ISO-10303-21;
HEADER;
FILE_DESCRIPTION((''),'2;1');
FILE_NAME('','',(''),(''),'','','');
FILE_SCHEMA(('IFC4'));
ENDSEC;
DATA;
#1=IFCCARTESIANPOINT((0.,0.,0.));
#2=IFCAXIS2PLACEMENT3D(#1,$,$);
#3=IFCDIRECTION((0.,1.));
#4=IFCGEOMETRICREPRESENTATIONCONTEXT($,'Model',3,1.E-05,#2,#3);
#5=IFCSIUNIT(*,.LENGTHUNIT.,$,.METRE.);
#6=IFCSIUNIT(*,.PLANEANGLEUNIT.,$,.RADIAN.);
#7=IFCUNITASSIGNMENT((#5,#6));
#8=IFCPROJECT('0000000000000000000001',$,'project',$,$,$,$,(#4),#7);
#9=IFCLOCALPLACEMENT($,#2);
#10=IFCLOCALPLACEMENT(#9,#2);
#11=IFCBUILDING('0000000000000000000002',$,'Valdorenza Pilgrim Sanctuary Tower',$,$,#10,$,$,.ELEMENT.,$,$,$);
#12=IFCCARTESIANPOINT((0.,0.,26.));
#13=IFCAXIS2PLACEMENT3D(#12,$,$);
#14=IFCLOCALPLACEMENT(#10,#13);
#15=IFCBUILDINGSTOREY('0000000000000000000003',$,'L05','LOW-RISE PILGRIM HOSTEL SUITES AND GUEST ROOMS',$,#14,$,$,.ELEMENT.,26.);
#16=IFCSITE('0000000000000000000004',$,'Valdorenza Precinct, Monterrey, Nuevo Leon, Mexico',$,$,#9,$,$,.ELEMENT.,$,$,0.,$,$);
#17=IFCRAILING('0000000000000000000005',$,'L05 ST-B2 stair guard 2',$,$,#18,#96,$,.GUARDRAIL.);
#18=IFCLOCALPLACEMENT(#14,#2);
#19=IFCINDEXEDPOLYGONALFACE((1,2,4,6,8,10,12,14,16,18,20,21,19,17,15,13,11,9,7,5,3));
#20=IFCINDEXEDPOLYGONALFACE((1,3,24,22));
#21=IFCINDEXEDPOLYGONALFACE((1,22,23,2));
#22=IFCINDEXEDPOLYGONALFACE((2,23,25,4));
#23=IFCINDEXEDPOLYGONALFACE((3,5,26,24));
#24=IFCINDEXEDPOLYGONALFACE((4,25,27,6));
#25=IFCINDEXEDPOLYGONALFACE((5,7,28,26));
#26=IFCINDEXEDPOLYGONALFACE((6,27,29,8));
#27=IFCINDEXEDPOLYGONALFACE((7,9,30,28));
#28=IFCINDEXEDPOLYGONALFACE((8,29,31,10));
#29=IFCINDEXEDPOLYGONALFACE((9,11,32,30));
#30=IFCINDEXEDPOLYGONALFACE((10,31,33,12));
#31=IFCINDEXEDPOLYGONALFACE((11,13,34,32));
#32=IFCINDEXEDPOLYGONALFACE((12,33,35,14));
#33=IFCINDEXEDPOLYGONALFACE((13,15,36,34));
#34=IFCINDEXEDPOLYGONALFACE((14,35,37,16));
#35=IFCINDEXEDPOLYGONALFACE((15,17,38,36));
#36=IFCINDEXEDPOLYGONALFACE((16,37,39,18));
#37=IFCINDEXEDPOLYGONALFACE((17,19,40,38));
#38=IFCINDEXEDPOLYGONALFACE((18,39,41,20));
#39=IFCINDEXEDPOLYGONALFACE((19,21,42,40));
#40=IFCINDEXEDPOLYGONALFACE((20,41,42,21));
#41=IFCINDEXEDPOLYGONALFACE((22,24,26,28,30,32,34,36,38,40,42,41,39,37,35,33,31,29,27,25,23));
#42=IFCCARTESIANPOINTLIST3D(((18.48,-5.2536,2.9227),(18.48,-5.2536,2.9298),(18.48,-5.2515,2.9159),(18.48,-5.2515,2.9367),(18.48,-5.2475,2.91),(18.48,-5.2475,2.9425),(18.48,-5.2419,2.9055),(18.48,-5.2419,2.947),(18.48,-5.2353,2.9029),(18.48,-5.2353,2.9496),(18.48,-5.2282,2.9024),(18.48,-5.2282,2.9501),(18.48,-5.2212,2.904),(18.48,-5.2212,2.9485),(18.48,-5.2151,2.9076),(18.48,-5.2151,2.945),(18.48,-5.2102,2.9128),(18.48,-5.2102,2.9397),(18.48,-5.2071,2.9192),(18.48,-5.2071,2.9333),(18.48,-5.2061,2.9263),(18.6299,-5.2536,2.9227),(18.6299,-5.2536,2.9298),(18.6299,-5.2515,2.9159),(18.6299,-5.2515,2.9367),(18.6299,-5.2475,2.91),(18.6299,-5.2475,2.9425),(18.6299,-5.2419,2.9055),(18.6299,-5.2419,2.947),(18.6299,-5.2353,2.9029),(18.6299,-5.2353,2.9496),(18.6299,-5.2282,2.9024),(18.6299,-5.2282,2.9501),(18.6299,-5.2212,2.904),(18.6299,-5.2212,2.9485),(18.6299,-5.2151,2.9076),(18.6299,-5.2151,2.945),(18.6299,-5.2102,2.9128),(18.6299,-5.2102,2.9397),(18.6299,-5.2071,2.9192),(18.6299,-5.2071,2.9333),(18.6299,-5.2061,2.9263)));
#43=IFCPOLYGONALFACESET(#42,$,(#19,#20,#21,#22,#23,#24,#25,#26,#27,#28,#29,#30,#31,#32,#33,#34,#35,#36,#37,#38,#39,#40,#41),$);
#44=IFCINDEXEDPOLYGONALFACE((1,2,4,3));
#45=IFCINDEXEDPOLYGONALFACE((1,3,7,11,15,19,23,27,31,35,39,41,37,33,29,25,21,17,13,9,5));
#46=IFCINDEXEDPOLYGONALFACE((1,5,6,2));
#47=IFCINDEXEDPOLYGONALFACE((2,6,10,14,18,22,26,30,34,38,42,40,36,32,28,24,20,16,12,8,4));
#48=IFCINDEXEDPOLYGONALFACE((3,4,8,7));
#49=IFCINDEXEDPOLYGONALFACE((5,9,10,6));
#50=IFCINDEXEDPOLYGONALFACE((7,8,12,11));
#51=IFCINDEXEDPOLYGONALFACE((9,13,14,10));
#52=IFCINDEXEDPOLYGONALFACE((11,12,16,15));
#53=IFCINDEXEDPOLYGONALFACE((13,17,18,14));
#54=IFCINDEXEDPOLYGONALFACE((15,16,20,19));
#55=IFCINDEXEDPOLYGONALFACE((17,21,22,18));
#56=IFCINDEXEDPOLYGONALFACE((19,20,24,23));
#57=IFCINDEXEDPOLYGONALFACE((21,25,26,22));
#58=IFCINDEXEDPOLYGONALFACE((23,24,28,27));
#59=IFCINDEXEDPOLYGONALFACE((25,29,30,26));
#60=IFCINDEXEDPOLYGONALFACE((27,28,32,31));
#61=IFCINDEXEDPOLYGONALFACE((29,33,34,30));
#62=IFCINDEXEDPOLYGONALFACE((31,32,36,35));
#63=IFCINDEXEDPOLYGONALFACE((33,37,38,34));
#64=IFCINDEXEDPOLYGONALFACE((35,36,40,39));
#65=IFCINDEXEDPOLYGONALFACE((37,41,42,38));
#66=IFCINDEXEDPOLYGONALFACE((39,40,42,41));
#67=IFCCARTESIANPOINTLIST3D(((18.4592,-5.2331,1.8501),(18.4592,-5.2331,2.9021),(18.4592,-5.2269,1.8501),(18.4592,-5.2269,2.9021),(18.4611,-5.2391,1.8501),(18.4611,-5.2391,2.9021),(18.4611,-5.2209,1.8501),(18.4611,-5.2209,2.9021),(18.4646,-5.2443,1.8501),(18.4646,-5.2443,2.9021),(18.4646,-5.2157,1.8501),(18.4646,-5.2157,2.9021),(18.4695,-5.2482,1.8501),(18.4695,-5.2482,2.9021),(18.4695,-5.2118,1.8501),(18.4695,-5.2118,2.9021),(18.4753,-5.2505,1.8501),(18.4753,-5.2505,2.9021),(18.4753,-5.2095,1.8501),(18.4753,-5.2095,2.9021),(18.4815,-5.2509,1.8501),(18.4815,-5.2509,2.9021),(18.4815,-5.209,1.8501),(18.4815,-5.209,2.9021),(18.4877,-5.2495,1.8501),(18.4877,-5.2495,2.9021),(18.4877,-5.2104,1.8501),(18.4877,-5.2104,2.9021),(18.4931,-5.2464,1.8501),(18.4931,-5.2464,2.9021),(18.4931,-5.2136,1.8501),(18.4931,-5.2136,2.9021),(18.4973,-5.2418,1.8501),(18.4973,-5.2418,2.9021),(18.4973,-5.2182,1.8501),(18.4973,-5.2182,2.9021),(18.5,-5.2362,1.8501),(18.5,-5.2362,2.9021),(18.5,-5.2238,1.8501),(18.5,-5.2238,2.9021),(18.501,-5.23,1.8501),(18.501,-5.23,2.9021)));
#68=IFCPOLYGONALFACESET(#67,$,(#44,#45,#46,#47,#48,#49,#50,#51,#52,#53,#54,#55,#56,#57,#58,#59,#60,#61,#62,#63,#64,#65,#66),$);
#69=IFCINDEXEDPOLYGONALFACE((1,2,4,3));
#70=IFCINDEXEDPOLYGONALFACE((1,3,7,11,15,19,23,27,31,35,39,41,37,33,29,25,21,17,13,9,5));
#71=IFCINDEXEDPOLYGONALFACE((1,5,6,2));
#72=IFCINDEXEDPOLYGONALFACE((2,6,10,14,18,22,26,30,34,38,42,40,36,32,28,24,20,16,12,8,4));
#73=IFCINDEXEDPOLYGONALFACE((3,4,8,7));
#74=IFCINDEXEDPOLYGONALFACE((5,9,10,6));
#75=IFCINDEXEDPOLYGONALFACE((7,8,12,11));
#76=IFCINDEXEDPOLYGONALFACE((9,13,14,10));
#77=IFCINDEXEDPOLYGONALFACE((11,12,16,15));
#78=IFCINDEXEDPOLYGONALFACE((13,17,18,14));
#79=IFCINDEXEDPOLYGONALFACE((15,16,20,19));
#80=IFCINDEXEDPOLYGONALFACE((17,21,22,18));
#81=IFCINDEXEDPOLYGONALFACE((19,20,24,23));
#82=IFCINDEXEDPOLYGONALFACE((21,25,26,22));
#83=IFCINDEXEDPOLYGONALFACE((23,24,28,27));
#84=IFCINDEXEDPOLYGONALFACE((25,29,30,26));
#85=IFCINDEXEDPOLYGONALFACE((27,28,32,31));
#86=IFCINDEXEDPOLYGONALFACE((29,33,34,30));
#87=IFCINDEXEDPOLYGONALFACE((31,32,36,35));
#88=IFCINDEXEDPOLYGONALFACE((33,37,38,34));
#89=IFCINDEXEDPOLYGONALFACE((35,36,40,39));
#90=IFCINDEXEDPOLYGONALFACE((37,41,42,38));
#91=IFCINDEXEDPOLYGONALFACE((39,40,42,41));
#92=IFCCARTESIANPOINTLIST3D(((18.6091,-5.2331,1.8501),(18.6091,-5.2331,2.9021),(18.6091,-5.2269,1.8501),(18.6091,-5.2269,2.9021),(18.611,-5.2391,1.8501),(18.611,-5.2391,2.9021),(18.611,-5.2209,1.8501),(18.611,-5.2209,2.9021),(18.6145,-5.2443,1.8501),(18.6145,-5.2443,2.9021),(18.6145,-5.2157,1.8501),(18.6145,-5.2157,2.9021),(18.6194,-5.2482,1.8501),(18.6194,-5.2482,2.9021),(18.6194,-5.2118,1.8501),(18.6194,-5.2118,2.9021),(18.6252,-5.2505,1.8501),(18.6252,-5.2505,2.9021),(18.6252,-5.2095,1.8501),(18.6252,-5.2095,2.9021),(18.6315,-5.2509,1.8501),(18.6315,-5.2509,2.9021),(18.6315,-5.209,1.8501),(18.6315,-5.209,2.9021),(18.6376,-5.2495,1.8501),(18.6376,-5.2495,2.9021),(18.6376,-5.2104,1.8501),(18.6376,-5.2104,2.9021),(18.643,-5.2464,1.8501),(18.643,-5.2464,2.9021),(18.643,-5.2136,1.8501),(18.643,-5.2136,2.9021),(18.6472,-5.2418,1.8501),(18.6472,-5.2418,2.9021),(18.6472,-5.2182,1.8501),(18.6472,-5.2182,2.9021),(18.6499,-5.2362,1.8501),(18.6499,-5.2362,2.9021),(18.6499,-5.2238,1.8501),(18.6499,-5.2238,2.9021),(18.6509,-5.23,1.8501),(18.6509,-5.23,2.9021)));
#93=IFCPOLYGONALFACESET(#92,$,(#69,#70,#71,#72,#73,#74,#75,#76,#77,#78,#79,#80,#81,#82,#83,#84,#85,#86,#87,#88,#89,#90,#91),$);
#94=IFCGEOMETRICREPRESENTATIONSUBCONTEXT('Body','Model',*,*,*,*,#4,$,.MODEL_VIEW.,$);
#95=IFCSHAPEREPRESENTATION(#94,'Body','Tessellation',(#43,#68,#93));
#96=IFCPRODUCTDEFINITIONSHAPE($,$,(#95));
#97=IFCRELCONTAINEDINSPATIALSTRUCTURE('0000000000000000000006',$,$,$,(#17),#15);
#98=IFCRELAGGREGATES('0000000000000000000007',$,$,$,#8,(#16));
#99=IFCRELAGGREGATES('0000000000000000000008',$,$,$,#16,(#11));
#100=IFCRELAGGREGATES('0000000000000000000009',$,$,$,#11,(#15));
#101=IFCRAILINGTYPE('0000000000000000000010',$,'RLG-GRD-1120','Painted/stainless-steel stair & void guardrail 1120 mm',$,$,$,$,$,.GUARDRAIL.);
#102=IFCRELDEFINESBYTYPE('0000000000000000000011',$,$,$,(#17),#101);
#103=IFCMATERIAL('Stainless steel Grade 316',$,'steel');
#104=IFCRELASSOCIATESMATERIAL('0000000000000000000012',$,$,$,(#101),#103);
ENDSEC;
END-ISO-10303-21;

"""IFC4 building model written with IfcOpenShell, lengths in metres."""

from ifc_helpers import new_model, si_unit, direction, frame, origin, origin_2d, place, context, subcontext, project, spatial, circle, extrude, material, type_object, element, save


model = new_model("IFC4")

# Units and contexts
model_context = context("Model", 3, precision=1e-05, world=origin(), true_north=direction((0.0, 1.0)))
body_context = subcontext(model_context, "Body", "Model", "MODEL_VIEW")
ifc_project = project(units=[si_unit("LENGTHUNIT", "METRE"), si_unit("PLANEANGLEUNIT", "RADIAN")], contexts=[model_context])

# Site, building, storey
site_placement = place(None, origin())
site = spatial("IfcSite", under=ifc_project, at=site_placement, Name="Valdorenza Precinct, Monterrey, Nuevo Leon, Mexico", CompositionType="ELEMENT", RefElevation=0.0)
building_placement = place(site_placement, origin())
building = spatial("IfcBuilding", under=site, at=building_placement, Name="Valdorenza Pilgrim Sanctuary Tower", CompositionType="ELEMENT")
storey_placement = place(building_placement, frame((0.0, 0.0, 26.0)))
storey = spatial("IfcBuildingStorey", under=building, at=storey_placement, Name="L05", Description="LOW-RISE PILGRIM HOSTEL SUITES AND GUEST ROOMS", CompositionType="ELEMENT", Elevation=26.0)

# Railing
ifc_material_1 = material(Name="Stainless steel Grade 316", Category="steel")
railing_type_1 = type_object("IfcRailingType", Name="RLG-GRD-1120", Description="Painted/stainless-steel stair & void guardrail 1120 mm", PredefinedType="GUARDRAIL", material=ifc_material_1)
railing_1_placement = place(storey_placement, frame((18.48, -5.23, 1.8501)))
element("IfcRailing", 1, at=railing_1_placement, inside=storey, type_object=railing_type_1, Name="L05 ST-B2 stair guard 2", PredefinedType="GUARDRAIL", context=body_context, shape_type="SweptSolid", body=[
    extrude(circle(Radius=0.0239, at=origin_2d()), frame((0.0, 0.0, 1.0762), z_axis=(1.0, 0.0, 0.0), x_axis=(0.0, 1.0, 0.0)), (0.0, 0.0, 1.0), 0.1499),
    extrude(circle(Radius=0.021, at=origin_2d()), origin(), (0.0, 0.0, 1.0), 1.052),
    extrude(circle(Radius=0.021, at=origin_2d()), frame((0.1499, 0.0, 0.0)), (0.0, 0.0, 1.0), 1.052),
])

save(model, "model.ifc")
